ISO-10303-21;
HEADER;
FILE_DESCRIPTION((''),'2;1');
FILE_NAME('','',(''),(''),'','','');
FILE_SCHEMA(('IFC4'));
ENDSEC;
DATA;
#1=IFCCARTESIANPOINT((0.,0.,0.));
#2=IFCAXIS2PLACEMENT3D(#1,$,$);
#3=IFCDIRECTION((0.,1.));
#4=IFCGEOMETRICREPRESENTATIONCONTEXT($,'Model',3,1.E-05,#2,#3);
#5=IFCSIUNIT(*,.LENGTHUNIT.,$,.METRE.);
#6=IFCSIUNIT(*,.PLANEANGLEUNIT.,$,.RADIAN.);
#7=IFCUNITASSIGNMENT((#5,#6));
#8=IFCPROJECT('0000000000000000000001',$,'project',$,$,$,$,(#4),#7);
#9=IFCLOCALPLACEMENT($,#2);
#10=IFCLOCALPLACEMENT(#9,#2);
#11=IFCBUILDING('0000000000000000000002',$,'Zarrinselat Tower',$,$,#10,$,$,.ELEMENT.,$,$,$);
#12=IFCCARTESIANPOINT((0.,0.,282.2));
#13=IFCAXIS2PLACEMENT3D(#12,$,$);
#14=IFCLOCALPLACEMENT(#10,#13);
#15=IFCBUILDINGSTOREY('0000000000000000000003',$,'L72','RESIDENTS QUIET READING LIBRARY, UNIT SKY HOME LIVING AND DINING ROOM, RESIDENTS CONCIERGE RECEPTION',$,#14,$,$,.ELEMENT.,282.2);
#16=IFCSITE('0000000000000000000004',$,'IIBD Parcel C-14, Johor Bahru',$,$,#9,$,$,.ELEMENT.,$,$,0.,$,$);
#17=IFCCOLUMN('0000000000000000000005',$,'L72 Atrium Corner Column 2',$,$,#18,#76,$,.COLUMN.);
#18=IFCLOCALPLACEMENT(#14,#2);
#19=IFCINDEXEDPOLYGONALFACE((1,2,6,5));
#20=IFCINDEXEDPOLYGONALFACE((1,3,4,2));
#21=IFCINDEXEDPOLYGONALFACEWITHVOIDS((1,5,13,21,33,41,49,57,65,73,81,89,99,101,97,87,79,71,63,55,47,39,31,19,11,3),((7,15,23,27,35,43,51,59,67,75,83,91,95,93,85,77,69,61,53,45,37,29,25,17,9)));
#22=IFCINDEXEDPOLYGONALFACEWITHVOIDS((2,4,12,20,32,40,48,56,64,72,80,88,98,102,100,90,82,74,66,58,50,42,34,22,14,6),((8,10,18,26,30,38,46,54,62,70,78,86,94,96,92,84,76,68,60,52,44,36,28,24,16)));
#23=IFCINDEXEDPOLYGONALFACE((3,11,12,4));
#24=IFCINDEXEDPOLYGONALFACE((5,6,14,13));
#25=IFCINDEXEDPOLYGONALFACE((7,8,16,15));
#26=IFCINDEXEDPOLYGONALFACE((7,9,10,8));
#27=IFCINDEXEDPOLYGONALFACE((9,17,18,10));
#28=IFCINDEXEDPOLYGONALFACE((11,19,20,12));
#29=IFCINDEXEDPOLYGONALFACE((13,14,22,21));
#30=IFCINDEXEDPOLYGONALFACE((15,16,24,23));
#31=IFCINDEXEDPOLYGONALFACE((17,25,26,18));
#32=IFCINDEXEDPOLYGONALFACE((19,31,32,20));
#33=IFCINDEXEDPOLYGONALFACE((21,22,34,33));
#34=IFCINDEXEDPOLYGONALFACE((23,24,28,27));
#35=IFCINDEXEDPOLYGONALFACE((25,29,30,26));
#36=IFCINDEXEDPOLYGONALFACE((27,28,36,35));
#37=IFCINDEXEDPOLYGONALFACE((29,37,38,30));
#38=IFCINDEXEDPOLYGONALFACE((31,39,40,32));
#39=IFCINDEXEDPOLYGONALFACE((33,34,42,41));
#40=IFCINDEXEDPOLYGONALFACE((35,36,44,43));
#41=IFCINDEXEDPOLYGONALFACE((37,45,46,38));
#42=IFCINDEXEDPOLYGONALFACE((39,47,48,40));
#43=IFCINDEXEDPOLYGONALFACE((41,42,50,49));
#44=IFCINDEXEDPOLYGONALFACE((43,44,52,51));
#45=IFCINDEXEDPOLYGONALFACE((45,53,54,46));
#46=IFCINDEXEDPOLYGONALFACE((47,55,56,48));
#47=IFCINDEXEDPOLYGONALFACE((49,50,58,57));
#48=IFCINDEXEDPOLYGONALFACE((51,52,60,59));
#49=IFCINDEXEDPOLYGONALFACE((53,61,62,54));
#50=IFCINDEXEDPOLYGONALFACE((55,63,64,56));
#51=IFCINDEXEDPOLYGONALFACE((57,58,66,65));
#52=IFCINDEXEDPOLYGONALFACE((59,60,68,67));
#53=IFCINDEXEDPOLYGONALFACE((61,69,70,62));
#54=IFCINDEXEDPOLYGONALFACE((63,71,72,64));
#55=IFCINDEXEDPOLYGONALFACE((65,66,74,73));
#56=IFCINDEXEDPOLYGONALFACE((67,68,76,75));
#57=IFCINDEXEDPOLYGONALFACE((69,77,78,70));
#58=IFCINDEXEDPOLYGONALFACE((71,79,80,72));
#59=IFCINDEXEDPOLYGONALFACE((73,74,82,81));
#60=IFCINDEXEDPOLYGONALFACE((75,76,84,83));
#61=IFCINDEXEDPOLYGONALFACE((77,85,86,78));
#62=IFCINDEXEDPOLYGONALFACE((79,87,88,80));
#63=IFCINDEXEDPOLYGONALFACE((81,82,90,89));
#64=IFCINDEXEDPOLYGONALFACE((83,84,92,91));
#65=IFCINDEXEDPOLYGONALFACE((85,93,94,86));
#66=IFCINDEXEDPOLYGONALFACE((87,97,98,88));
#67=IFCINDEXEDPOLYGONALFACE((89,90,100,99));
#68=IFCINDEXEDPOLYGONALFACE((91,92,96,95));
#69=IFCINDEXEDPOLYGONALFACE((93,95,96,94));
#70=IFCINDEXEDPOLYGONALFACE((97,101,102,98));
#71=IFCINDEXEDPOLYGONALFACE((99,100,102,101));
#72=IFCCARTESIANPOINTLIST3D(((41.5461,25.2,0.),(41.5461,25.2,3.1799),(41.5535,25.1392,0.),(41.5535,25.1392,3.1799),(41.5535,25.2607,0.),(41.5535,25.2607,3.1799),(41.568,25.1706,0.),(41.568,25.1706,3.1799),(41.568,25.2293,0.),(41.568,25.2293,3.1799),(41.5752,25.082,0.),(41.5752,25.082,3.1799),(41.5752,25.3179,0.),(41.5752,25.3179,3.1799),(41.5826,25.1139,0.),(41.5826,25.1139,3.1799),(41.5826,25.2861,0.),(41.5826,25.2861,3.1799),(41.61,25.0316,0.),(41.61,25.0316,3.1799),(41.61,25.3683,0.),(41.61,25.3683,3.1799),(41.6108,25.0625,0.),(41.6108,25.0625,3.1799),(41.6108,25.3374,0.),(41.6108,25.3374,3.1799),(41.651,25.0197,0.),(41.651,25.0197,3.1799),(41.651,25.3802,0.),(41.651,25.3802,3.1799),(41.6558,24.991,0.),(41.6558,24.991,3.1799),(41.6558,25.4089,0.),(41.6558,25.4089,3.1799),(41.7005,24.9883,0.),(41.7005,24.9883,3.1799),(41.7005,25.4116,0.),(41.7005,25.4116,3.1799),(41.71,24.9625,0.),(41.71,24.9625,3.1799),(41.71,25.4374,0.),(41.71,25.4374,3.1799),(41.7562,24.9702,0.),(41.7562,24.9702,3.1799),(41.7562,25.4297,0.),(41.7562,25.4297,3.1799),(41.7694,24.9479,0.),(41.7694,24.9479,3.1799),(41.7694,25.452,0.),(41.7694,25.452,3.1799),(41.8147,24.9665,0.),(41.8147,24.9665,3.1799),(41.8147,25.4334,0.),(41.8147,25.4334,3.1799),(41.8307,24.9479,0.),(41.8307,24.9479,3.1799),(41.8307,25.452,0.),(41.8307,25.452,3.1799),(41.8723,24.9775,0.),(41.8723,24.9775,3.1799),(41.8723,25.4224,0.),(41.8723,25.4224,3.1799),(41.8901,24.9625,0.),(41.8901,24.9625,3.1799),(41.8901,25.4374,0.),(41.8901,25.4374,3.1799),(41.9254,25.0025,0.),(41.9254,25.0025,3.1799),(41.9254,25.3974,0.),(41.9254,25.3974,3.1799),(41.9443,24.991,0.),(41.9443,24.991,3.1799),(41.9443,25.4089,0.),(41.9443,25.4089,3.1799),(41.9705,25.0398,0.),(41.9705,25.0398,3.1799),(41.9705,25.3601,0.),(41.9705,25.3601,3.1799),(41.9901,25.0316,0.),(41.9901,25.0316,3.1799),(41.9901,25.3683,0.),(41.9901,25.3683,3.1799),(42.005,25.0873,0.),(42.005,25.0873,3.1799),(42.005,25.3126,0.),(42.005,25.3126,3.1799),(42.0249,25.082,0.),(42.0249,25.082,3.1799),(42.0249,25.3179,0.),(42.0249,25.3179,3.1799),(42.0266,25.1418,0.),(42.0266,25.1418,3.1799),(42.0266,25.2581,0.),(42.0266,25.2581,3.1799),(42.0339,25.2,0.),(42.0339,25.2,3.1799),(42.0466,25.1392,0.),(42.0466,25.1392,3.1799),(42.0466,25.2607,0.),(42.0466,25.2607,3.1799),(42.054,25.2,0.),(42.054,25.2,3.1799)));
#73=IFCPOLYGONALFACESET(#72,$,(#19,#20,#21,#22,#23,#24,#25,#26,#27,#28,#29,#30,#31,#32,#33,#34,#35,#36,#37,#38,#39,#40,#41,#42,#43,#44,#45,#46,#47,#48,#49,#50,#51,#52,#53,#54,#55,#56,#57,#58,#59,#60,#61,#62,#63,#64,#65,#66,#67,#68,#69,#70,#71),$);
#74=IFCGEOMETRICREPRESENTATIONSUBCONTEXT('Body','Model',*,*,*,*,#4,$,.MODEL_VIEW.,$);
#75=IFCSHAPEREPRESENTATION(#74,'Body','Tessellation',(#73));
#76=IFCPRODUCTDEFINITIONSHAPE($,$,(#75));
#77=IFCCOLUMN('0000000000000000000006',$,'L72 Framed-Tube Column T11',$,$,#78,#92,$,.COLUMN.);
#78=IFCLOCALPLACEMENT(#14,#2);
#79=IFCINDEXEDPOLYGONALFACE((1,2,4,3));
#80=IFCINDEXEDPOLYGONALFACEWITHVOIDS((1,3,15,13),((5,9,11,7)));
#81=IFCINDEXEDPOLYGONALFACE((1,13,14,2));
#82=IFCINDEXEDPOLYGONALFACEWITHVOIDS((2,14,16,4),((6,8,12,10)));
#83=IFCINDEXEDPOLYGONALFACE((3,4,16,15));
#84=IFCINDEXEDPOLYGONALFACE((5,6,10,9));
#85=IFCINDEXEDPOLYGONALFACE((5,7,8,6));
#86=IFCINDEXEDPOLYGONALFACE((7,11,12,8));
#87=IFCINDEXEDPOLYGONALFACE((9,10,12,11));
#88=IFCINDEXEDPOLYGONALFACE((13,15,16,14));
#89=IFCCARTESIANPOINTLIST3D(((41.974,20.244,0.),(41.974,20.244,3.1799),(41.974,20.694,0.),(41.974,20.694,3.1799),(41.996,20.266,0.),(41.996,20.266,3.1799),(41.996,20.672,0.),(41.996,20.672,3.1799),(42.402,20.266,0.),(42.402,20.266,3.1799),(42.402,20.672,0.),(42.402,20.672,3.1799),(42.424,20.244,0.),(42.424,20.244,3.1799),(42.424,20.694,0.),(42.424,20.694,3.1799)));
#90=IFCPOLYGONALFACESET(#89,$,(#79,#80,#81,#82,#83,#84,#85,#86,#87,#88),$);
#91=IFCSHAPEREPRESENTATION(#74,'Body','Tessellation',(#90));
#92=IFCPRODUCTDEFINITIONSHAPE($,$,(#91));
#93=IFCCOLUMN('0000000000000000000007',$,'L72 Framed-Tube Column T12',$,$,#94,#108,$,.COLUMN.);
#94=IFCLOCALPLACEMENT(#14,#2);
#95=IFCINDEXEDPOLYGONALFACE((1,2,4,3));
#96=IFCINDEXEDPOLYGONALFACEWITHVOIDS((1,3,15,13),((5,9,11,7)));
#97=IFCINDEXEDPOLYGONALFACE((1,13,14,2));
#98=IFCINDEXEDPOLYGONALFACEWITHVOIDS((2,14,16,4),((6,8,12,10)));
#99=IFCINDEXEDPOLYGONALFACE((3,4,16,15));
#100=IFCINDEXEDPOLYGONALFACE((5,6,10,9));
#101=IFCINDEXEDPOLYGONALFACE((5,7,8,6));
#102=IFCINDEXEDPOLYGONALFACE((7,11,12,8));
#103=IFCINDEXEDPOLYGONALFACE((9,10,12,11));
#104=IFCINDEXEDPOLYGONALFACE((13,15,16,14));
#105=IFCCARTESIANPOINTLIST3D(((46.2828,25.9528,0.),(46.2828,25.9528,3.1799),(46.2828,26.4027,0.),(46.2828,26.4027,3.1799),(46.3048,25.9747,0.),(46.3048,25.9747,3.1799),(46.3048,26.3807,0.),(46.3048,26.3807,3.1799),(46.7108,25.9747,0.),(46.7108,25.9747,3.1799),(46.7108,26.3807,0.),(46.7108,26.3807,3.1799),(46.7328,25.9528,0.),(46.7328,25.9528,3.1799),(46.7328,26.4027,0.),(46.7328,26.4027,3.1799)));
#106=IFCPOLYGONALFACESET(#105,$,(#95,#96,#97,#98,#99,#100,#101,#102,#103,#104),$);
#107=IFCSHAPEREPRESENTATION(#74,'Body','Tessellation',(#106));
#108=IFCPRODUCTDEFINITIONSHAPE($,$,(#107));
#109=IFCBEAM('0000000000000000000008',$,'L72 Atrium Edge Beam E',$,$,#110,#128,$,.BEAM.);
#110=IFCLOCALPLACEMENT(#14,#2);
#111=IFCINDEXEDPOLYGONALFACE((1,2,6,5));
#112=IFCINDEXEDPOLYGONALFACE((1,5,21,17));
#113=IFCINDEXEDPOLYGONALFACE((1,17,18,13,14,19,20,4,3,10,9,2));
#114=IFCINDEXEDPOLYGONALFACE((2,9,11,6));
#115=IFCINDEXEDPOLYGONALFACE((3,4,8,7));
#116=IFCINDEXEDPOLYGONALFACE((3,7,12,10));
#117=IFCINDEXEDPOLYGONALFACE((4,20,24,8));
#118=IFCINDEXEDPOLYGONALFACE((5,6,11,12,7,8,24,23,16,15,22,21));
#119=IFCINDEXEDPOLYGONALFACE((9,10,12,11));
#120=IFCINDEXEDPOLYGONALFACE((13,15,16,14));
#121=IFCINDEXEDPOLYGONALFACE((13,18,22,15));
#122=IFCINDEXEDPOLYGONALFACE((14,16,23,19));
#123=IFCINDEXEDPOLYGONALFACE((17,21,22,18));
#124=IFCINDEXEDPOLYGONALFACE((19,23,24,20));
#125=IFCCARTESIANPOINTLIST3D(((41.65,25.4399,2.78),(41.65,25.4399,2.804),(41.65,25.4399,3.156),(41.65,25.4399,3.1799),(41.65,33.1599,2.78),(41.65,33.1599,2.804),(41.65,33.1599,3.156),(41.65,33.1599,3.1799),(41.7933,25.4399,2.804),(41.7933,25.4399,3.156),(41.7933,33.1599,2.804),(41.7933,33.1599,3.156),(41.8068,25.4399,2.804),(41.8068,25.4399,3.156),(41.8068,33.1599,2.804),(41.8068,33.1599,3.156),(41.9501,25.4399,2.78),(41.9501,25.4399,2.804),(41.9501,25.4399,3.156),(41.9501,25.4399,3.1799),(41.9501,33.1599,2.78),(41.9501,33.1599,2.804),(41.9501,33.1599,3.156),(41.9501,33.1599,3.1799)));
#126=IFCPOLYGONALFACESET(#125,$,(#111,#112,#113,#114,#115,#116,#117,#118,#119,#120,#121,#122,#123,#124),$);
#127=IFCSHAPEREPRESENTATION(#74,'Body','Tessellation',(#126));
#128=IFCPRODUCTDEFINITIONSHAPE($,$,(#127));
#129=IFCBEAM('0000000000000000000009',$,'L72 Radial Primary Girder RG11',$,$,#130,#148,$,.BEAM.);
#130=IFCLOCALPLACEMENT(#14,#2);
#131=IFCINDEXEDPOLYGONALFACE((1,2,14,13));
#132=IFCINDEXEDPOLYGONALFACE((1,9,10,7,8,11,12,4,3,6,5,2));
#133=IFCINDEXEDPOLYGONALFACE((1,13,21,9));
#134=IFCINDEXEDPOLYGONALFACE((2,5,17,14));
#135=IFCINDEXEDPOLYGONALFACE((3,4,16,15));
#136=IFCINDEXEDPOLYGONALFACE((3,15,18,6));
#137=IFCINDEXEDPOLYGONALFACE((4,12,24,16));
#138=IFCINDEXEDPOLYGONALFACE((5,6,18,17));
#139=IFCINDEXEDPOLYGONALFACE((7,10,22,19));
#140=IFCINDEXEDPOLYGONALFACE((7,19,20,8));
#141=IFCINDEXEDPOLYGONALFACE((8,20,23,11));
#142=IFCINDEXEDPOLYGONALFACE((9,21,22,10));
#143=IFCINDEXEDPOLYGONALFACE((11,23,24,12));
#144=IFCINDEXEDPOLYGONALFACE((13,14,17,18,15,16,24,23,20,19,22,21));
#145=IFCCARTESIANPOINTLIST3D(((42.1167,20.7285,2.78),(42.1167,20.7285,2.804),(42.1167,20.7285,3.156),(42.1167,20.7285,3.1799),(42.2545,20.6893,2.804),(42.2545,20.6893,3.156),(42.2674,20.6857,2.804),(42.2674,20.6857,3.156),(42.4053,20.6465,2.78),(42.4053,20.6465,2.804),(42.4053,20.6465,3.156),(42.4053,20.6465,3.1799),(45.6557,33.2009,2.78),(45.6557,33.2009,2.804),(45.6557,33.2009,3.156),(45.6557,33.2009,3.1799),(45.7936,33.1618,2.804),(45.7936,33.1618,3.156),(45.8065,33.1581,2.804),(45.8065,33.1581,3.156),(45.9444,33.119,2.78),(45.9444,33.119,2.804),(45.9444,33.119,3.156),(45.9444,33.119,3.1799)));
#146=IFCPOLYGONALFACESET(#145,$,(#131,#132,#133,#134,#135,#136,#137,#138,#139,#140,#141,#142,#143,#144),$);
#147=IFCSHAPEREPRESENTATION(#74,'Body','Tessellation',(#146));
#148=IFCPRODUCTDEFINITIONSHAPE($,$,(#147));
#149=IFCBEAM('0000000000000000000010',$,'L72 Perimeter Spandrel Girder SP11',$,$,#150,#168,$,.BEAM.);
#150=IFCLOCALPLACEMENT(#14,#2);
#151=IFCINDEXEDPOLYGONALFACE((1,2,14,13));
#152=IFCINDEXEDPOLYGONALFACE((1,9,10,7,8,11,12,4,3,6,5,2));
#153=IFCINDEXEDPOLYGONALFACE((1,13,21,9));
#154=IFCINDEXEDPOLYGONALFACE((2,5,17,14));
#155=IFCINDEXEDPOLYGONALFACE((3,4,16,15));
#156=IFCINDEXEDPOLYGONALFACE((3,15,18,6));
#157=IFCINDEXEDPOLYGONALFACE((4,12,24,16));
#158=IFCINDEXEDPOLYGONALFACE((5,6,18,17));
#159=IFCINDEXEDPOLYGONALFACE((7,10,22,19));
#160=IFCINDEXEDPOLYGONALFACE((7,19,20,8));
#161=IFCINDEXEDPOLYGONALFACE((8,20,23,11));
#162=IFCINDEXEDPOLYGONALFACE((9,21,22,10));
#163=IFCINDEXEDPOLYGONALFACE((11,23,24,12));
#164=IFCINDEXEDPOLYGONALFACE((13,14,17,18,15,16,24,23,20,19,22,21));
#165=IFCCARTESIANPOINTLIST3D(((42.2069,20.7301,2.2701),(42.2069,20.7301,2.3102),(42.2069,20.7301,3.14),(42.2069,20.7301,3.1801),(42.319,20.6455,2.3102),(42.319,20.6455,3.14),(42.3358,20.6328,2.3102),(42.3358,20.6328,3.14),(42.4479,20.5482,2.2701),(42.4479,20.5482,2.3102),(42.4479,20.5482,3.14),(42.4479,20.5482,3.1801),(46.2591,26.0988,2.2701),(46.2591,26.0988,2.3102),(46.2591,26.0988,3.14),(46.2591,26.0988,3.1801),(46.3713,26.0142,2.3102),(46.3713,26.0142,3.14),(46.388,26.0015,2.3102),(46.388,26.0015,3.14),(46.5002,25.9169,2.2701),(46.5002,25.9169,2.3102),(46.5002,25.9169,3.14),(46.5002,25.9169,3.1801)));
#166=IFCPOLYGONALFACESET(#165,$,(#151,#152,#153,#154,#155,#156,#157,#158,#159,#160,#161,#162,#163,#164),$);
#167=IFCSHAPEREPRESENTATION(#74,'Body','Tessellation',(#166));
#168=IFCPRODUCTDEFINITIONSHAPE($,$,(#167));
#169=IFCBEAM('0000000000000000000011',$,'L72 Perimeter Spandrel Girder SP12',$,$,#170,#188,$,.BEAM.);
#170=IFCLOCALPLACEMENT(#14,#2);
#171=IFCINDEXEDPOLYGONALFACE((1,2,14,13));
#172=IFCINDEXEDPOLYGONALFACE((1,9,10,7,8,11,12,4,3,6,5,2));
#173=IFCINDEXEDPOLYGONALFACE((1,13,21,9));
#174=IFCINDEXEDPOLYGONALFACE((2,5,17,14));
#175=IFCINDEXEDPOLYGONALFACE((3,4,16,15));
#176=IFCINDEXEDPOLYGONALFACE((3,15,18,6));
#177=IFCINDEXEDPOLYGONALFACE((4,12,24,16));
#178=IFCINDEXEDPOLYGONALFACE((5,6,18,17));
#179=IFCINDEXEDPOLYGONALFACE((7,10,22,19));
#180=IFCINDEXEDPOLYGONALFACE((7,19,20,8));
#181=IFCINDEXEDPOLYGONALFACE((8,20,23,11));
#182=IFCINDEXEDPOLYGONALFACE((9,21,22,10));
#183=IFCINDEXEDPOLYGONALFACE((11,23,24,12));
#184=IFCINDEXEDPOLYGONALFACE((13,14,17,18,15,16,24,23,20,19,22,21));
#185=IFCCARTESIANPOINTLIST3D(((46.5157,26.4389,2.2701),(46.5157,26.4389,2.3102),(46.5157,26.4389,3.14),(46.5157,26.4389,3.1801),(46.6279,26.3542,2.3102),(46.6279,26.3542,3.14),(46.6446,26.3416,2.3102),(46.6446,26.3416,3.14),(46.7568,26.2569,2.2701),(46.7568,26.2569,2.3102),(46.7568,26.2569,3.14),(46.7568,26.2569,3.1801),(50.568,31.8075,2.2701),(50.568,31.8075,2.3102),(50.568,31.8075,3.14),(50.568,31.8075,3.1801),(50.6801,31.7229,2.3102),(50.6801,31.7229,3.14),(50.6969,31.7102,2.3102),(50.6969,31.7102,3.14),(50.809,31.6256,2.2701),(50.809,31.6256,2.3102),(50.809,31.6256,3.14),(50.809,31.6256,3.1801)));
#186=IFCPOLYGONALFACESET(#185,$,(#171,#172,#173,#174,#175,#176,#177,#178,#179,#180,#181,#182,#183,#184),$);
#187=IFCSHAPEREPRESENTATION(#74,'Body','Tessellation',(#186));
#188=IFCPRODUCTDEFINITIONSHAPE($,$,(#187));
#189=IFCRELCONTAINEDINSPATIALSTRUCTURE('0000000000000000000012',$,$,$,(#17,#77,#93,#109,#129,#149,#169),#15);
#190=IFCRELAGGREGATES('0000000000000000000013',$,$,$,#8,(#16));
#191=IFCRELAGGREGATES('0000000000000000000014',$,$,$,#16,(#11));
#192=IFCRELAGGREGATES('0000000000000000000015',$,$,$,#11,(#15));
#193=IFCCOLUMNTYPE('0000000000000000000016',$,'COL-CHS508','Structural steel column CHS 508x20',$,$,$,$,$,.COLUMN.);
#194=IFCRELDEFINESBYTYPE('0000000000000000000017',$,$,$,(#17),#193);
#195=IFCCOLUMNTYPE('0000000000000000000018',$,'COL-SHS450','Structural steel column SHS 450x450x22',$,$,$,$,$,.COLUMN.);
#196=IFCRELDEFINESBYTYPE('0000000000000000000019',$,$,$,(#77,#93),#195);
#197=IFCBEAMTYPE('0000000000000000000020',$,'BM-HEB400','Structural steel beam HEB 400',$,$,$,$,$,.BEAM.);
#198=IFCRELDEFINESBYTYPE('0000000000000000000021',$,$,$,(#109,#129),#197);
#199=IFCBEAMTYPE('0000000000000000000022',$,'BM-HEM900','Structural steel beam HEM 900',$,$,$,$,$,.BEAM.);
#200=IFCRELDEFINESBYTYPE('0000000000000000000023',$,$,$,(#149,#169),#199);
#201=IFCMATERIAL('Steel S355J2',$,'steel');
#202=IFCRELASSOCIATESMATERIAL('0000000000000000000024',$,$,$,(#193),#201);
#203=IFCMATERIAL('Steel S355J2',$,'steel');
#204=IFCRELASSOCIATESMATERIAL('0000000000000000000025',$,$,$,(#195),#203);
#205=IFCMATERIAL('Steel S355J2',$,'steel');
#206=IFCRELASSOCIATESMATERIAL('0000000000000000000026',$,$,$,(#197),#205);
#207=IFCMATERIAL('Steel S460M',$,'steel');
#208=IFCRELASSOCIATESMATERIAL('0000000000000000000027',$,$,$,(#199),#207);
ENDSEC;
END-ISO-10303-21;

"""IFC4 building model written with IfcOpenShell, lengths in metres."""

from ifc_helpers import new_model, si_unit, direction, frame, origin, origin_2d, place, context, subcontext, project, spatial, hollow_rectangle, hollow_circle, i_section, extrude, material, material_profile, profile_set, type_object, element, save


model = new_model("IFC4")

# Units and contexts
model_context = context("Model", 3, precision=1e-05, world=origin(), true_north=direction((0.0, 1.0)))
body_context = subcontext(model_context, "Body", "Model", "MODEL_VIEW")
ifc_project = project(units=[si_unit("LENGTHUNIT", "METRE"), si_unit("PLANEANGLEUNIT", "RADIAN")], contexts=[model_context])

# Site, building, storey
site_placement = place(None, origin())
site = spatial("IfcSite", under=ifc_project, at=site_placement, Name="IIBD Parcel C-14, Johor Bahru", CompositionType="ELEMENT", RefElevation=0.0)
building_placement = place(site_placement, origin())
building = spatial("IfcBuilding", under=site, at=building_placement, Name="Zarrinselat Tower", CompositionType="ELEMENT")
storey_placement = place(building_placement, frame((0.0, 0.0, 282.2)))
storey = spatial("IfcBuildingStorey", under=building, at=storey_placement, Name="L72", Description="RESIDENTS QUIET READING LIBRARY, UNIT SKY HOME LIVING AND DINING ROOM, RESIDENTS CONCIERGE RECEPTION", CompositionType="ELEMENT", Elevation=282.2)

# Columns
ifc_material_1 = material(Name="Steel S355J2", Category="steel")
ifc_material_profile_1 = material_profile(ifc_material_1, hollow_circle(Radius=0.2539, WallThickness=0.02, at=origin_2d()), Name="CHS 508x20")
ifc_profile_set_1 = profile_set([ifc_material_profile_1], Name="Steel S355J2")
column_type_1 = type_object("IfcColumnType", Name="COL-CHS508", Description="Structural steel column CHS 508x20", PredefinedType="COLUMN", material=ifc_profile_set_1)
column_placement = place(storey_placement, frame((41.8, 25.2, 0.0), z_axis=(0.0, 0.0, 1.0), x_axis=(1.0, 0.0, 0.0)))
element("IfcColumn", 1, at=column_placement, inside=storey, type_object=column_type_1, Name="L72 Atrium Corner Column 2", PredefinedType="COLUMN", context=body_context, shape_type="SweptSolid", body=[
    extrude(hollow_circle(Radius=0.2539, WallThickness=0.02, at=origin_2d()), origin(), (0.0, 0.0, 1.0), 3.1799),
])
ifc_material_2 = material(Name="Steel S355J2", Category="steel")
ifc_material_profile_2 = material_profile(ifc_material_2, hollow_rectangle(XDim=0.45, YDim=0.45, WallThickness=0.022, at=origin_2d()), Name="SHS 450x450x22")
ifc_profile_set_2 = profile_set([ifc_material_profile_2], Name="Steel S355J2")
column_type_2 = type_object("IfcColumnType", Name="COL-SHS450", Description="Structural steel column SHS 450x450x22", PredefinedType="COLUMN", material=ifc_profile_set_2)
for number, where, z_axis, x_axis, name in (
    (2, (42.199, 20.469, 0.0), (0.0, 0.0, 1.0), (1.0, 0.0, 0.0), "L72 Framed-Tube Column T11"),
    (3, (46.5078, 26.1777, 0.0), (0.0, 0.0, 1.0), (1.0, 0.0, 0.0), "L72 Framed-Tube Column T12"),
):
    element("IfcColumn", number, at=place(storey_placement, frame(where, z_axis=z_axis, x_axis=x_axis)), inside=storey, type_object=column_type_2, Name=name, PredefinedType="COLUMN", context=body_context, shape_type="SweptSolid", body=[
        extrude(hollow_rectangle(XDim=0.45, YDim=0.45, WallThickness=0.022, at=origin_2d()), origin(), (0.0, 0.0, 1.0), 3.1799),
    ])

# Beams
ifc_material_3 = material(Name="Steel S355J2", Category="steel")
ifc_material_profile_3 = material_profile(ifc_material_3, i_section(OverallWidth=0.3, OverallDepth=0.3999, WebThickness=0.0134, FlangeThickness=0.0239, at=origin_2d()), Name="HEB 400")
ifc_profile_set_3 = profile_set([ifc_material_profile_3], Name="Steel S355J2")
beam_type_1 = type_object("IfcBeamType", Name="BM-HEB400", Description="Structural steel beam HEB 400", PredefinedType="BEAM", material=ifc_profile_set_3)
beam_1_placement = place(storey_placement, frame((41.8, 25.4399, 2.98), z_axis=(0.0, 1.0, 0.0), x_axis=(-1.0, 0.0, 0.0)))
element("IfcBeam", 4, at=beam_1_placement, inside=storey, type_object=beam_type_1, Name="L72 Atrium Edge Beam E", PredefinedType="BEAM", context=body_context, shape_type="SweptSolid", body=[
    extrude(i_section(OverallWidth=0.3, OverallDepth=0.3999, WebThickness=0.0134, FlangeThickness=0.0239, at=origin_2d()), origin(), (0.0, 0.0, 1.0), 7.72),
])
beam_2_placement = place(storey_placement, frame((42.261, 20.6875, 2.98), z_axis=(0.272975, 0.962021, 0.0), x_axis=(-0.962021, 0.272975, 0.0)))
element("IfcBeam", 5, at=beam_2_placement, inside=storey, type_object=beam_type_1, Name="L72 Radial Primary Girder RG11", PredefinedType="BEAM", context=body_context, shape_type="SweptSolid", body=[
    extrude(i_section(OverallWidth=0.3, OverallDepth=0.3999, WebThickness=0.0134, FlangeThickness=0.0239, at=origin_2d()), origin(), (0.0, 0.0, 1.0), 12.9648),
])
ifc_material_4 = material(Name="Steel S460M", Category="steel")
ifc_material_profile_4 = material_profile(ifc_material_4, i_section(OverallWidth=0.302, OverallDepth=0.9099, WebThickness=0.021, FlangeThickness=0.04, at=origin_2d()), Name="HEM 900")
ifc_profile_set_4 = profile_set([ifc_material_profile_4], Name="Steel S460M")
beam_type_2 = type_object("IfcBeamType", Name="BM-HEM900", Description="Structural steel beam HEM 900", PredefinedType="BEAM", material=ifc_profile_set_4)
for number, where, z_axis, x_axis, name in (
    (6, (42.3274, 20.6392, 2.7251), (0.602448, 0.798158, 0.0), (-0.798158, 0.602448, 0.0), "L72 Perimeter Spandrel Girder SP11"),
    (7, (46.6362, 26.3479, 2.7251), (0.602448, 0.798158, 0.0), (-0.798158, 0.602448, 0.0), "L72 Perimeter Spandrel Girder SP12"),
):
    element("IfcBeam", number, at=place(storey_placement, frame(where, z_axis=z_axis, x_axis=x_axis)), inside=storey, type_object=beam_type_2, Name=name, PredefinedType="BEAM", context=body_context, shape_type="SweptSolid", body=[
        extrude(i_section(OverallWidth=0.302, OverallDepth=0.9099, WebThickness=0.021, FlangeThickness=0.04, at=origin_2d()), origin(), (0.0, 0.0, 1.0), 6.7263),
    ])

save(model, "model.ifc")
